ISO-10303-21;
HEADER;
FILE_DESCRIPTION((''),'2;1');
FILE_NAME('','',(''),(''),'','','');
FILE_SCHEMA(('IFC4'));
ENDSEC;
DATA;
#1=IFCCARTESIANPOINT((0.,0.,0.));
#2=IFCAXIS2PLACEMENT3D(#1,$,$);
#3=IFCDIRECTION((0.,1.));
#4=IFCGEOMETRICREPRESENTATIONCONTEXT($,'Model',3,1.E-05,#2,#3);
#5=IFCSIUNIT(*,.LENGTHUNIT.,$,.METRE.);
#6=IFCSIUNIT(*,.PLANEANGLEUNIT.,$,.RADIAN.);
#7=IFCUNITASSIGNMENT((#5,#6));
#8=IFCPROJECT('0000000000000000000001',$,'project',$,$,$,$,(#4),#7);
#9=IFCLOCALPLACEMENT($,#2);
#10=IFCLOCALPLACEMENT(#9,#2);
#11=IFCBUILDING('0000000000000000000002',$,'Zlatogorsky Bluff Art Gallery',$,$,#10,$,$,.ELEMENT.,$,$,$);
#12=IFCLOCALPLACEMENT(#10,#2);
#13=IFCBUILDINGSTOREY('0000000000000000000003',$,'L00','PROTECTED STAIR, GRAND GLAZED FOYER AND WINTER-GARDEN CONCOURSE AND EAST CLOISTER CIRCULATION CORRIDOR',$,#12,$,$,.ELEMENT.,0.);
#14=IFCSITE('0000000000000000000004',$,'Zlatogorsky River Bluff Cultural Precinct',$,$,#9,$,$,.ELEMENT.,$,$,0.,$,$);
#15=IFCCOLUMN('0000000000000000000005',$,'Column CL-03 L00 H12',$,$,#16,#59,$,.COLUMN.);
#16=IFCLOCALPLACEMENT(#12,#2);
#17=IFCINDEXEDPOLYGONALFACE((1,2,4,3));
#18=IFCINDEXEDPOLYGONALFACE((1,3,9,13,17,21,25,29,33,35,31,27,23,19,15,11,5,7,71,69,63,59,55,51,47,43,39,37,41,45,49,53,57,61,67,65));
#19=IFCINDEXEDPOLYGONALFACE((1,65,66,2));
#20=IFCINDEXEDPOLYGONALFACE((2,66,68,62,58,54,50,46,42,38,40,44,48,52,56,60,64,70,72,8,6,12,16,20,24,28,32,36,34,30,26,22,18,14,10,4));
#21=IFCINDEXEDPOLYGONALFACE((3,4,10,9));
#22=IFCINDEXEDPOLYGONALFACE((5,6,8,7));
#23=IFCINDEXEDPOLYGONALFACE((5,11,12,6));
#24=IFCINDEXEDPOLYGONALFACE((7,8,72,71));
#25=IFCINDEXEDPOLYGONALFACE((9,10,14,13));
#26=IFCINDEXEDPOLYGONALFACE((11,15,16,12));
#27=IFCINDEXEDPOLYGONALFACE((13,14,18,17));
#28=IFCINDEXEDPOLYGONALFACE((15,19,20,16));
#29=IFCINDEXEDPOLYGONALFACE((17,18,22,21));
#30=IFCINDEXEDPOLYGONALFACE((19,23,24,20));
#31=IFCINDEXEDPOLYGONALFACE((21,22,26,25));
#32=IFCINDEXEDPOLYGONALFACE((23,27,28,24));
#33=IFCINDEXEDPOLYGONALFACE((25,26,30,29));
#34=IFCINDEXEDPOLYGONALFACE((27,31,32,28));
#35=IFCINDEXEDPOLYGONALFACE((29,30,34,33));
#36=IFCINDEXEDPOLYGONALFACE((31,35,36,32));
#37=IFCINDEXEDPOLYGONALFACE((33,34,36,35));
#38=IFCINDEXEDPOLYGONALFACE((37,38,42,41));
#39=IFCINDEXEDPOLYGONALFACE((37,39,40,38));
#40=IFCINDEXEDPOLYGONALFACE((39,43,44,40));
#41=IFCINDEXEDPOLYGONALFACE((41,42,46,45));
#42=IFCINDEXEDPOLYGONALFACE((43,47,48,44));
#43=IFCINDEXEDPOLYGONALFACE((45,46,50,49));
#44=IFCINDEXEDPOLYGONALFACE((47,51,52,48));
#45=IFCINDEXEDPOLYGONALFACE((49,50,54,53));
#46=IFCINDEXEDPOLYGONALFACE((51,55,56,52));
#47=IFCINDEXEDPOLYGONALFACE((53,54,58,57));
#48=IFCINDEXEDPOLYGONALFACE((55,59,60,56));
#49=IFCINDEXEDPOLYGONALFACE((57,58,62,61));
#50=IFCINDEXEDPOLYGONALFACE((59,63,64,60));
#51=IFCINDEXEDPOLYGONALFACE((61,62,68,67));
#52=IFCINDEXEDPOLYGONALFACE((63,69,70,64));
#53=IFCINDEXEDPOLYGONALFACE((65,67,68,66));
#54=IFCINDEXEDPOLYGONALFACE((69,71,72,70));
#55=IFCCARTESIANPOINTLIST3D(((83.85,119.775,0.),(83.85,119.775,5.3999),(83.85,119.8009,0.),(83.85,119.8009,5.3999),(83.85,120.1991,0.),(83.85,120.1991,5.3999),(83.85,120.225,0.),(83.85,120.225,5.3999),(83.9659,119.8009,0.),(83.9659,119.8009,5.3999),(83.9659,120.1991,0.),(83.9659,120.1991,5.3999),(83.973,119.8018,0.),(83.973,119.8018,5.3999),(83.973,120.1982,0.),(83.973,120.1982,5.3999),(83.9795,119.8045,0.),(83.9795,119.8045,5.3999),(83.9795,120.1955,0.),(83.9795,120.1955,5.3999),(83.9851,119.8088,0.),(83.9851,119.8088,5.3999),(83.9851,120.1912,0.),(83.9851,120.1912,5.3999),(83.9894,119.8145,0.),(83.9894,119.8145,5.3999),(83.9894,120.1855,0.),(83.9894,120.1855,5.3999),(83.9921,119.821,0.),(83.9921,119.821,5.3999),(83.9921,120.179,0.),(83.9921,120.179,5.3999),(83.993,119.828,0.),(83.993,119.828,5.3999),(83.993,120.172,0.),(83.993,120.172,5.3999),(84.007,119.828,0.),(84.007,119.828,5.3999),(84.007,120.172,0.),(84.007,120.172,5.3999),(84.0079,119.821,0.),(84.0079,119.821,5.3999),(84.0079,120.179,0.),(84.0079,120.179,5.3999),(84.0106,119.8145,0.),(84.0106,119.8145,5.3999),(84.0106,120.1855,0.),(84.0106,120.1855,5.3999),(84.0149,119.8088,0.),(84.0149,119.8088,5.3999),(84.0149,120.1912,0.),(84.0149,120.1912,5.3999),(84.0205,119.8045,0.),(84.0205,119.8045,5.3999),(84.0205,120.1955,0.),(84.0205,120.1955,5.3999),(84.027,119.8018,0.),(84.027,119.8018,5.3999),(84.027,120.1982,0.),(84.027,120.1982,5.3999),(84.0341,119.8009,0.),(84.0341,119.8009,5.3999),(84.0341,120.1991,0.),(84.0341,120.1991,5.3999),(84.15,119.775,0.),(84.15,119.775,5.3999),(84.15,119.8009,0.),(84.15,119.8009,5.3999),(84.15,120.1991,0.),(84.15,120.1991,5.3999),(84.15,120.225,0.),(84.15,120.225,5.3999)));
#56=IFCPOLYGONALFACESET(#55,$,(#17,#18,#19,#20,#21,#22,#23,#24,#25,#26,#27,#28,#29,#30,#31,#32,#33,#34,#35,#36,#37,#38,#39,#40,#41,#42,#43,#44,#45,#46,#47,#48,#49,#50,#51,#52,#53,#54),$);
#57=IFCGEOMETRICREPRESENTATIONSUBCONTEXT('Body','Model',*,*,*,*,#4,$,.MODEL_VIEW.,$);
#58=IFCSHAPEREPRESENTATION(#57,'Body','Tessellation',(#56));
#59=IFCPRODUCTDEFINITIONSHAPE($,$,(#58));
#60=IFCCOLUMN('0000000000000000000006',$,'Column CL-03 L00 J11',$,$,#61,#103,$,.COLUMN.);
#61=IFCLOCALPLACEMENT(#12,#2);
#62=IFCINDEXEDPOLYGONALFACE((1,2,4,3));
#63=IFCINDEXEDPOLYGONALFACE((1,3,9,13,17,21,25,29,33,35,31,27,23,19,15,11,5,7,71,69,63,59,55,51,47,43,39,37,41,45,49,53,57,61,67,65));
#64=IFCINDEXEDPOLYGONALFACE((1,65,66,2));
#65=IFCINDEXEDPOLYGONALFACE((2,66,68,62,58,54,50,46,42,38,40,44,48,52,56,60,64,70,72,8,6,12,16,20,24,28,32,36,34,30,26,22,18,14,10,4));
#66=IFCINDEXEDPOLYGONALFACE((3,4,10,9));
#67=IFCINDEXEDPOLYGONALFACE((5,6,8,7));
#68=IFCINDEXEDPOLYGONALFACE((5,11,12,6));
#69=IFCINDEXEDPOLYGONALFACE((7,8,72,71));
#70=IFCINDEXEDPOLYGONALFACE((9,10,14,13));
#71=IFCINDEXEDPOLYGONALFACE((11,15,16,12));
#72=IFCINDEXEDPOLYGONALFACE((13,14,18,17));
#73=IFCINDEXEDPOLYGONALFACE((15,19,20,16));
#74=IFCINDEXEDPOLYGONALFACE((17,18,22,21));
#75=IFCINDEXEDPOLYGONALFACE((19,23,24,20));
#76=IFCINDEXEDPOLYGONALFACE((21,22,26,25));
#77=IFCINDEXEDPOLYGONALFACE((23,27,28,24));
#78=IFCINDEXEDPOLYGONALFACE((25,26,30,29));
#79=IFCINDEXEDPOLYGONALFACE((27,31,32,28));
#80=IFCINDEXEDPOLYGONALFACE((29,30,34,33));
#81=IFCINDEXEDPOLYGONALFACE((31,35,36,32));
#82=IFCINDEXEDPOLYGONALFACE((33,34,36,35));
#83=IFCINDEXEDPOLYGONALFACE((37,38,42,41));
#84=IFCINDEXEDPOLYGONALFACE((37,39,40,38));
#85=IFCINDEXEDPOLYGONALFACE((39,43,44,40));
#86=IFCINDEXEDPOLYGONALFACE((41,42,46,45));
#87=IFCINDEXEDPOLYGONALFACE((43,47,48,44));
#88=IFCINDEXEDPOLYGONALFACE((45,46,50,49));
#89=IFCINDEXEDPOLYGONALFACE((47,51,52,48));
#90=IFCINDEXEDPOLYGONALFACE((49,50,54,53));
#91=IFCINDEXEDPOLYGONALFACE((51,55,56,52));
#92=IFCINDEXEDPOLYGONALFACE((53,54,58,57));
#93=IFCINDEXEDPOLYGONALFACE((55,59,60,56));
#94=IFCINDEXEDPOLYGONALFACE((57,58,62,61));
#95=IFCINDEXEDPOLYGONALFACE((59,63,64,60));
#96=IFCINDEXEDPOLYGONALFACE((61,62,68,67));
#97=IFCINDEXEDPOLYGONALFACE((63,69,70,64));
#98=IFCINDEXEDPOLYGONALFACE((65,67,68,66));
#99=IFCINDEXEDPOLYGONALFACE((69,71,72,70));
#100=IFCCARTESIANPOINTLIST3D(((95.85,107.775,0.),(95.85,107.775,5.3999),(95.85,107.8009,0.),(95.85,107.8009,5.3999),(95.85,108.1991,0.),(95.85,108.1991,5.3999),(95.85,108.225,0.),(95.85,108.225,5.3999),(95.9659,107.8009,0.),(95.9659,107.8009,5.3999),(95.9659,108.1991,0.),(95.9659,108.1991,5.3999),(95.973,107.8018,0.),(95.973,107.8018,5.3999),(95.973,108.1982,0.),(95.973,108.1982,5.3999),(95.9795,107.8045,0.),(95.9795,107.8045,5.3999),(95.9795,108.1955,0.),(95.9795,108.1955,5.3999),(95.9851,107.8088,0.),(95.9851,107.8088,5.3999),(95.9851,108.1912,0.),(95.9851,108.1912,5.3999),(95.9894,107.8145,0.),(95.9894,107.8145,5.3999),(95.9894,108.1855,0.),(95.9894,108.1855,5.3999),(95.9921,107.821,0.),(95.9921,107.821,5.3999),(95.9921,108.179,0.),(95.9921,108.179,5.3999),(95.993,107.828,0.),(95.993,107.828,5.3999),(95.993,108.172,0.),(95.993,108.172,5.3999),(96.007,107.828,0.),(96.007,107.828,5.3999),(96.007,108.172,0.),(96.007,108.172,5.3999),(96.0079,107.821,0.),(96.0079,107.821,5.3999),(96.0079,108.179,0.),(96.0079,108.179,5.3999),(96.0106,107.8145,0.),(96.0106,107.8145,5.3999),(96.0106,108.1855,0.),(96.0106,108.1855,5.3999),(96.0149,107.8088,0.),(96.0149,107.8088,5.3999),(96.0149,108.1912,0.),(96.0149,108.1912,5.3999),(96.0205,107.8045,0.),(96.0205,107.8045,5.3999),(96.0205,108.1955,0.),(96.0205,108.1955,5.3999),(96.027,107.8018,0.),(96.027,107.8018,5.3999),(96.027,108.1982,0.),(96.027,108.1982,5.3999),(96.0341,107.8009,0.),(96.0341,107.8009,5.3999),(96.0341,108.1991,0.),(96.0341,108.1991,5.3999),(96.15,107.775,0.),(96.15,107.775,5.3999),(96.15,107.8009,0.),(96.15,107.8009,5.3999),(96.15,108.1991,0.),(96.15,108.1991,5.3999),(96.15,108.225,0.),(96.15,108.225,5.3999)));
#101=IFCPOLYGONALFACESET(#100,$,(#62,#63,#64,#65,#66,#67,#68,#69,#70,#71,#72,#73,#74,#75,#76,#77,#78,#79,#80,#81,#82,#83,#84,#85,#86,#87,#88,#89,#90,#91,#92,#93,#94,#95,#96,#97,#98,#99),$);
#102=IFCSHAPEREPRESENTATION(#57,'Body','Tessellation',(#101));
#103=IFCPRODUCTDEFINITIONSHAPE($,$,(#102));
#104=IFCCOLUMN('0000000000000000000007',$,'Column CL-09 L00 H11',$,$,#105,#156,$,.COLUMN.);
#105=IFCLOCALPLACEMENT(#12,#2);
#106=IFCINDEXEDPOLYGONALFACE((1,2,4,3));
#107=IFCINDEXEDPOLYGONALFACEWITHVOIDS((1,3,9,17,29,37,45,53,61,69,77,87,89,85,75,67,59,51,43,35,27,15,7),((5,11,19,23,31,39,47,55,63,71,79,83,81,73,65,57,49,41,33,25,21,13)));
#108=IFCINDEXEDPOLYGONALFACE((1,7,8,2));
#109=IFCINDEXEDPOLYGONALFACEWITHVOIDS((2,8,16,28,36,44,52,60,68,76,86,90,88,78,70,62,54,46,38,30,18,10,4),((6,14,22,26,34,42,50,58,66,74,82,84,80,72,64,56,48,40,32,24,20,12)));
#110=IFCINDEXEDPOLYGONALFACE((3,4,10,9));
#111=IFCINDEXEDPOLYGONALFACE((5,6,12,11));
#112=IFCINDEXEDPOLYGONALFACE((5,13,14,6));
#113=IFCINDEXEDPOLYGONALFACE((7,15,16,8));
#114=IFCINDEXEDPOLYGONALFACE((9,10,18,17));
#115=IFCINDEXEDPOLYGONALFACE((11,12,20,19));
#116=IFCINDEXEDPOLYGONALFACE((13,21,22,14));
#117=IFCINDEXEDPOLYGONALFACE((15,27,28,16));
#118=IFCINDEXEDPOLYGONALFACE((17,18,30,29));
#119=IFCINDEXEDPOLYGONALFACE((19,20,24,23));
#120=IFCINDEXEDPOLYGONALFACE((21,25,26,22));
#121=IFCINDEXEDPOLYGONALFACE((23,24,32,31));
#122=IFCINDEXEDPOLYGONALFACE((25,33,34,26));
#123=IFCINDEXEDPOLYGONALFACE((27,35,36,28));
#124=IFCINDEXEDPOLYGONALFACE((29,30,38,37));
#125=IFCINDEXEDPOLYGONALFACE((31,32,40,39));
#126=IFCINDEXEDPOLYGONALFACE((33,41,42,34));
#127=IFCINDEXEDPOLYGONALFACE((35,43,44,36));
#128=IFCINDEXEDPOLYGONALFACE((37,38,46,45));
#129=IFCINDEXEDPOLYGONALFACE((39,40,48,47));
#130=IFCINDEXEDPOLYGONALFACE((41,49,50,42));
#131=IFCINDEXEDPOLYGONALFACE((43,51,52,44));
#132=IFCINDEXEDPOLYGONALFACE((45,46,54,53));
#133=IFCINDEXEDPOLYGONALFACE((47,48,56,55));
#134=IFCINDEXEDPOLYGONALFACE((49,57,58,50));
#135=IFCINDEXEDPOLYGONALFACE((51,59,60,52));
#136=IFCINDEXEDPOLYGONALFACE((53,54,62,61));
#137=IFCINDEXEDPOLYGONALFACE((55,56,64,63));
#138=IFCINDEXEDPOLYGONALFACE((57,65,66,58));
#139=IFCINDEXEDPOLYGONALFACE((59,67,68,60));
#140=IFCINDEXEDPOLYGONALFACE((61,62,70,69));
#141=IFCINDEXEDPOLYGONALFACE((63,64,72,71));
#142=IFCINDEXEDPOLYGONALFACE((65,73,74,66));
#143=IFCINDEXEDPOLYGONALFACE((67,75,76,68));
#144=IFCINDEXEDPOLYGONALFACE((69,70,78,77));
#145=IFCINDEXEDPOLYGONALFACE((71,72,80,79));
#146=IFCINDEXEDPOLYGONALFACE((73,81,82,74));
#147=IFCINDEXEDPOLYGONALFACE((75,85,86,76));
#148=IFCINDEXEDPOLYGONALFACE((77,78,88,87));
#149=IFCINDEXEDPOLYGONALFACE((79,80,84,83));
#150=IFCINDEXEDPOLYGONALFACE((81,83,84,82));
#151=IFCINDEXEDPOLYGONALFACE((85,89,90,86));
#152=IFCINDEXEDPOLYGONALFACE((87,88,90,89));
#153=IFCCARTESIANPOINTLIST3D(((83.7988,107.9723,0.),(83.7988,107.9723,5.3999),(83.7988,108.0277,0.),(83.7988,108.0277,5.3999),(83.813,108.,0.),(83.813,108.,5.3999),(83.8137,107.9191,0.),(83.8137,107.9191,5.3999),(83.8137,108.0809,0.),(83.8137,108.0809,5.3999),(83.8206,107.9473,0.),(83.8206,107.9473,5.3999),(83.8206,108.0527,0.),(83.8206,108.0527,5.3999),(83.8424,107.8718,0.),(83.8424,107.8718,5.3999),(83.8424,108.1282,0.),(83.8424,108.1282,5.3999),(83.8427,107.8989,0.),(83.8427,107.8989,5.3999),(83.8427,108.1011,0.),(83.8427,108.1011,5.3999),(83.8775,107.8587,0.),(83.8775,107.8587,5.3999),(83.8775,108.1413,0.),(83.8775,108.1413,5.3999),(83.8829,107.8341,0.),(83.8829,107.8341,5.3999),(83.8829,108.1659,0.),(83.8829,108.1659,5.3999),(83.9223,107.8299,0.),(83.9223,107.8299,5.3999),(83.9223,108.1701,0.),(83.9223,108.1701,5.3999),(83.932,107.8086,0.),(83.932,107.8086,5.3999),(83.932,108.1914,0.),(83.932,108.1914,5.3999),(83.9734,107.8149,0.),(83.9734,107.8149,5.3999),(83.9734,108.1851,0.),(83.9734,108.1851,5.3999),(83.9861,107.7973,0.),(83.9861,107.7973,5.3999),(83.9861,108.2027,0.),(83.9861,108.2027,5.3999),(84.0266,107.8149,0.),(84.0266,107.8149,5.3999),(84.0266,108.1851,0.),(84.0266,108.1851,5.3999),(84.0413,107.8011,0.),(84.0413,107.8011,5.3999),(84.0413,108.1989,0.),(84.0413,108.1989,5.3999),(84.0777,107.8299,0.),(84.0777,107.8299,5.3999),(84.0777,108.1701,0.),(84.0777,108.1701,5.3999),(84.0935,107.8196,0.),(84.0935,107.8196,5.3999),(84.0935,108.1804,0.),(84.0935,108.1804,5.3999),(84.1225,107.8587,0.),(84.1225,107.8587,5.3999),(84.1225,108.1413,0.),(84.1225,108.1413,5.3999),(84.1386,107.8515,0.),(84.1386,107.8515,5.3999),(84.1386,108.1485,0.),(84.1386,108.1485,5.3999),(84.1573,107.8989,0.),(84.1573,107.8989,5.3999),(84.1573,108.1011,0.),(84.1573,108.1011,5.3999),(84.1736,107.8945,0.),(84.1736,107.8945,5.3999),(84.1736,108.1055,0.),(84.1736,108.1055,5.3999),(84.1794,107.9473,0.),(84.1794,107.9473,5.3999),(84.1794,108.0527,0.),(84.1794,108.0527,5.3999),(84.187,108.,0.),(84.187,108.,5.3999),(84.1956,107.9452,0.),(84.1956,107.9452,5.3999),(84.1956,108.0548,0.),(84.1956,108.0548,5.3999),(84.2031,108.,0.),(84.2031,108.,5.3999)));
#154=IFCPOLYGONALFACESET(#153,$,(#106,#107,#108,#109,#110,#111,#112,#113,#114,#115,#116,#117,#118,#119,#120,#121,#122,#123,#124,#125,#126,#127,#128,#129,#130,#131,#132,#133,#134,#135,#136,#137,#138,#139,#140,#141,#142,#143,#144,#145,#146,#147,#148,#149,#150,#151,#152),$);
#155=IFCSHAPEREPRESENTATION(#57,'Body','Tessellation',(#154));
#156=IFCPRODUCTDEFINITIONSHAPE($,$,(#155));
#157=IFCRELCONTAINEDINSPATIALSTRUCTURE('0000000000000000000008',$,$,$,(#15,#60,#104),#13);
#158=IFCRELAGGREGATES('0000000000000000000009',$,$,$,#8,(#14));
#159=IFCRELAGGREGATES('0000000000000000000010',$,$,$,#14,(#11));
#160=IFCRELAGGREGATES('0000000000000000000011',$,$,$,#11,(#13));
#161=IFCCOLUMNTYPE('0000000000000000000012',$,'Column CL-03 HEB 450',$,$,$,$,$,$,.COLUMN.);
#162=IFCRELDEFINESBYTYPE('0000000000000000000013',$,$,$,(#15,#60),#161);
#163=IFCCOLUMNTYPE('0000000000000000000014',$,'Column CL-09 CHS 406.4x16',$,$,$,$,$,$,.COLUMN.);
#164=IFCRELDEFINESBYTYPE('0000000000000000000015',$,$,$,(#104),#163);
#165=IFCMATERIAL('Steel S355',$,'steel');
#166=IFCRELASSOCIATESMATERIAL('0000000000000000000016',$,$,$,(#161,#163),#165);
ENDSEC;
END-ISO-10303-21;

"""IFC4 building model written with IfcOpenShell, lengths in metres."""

from ifc_helpers import new_model, si_unit, direction, frame, origin, origin_2d, place, context, subcontext, project, spatial, hollow_circle, i_section, extrude, material, material_profile, profile_set, type_object, element, save


model = new_model("IFC4")

# Units and contexts
model_context = context("Model", 3, precision=1e-05, world=origin(), true_north=direction((0.0, 1.0)))
body_context = subcontext(model_context, "Body", "Model", "MODEL_VIEW")
ifc_project = project(units=[si_unit("LENGTHUNIT", "METRE"), si_unit("PLANEANGLEUNIT", "RADIAN")], contexts=[model_context])

# Site, building, storey
site_placement = place(None, origin())
site = spatial("IfcSite", under=ifc_project, at=site_placement, Name="Zlatogorsky River Bluff Cultural Precinct", CompositionType="ELEMENT", RefElevation=0.0)
building_placement = place(site_placement, origin())
building = spatial("IfcBuilding", under=site, at=building_placement, Name="Zlatogorsky Bluff Art Gallery", CompositionType="ELEMENT")
storey_placement = place(building_placement, origin())
storey = spatial("IfcBuildingStorey", under=building, at=storey_placement, Name="L00", Description="PROTECTED STAIR, GRAND GLAZED FOYER AND WINTER-GARDEN CONCOURSE AND EAST CLOISTER CIRCULATION CORRIDOR", CompositionType="ELEMENT", Elevation=0.0)

# Columns
ifc_material_1 = material(Name="Steel S355", Category="steel")
ifc_material_profile_1 = material_profile(ifc_material_1, i_section(OverallWidth=0.3, OverallDepth=0.45, WebThickness=0.0139, FlangeThickness=0.0259, FilletRadius=0.0271, at=origin_2d()), Name="HEB 450")
ifc_profile_set_1 = profile_set([ifc_material_profile_1], Name="Steel S355")
column_type_1 = type_object("IfcColumnType", Name="Column CL-03 HEB 450", PredefinedType="COLUMN", material=ifc_profile_set_1)
for number, where, z_axis, x_axis, name in (
    (1, (84.0, 120.0, 0.0), (0.0, 0.0, 1.0), (1.0, 0.0, 0.0), "Column CL-03 L00 H12"),
    (2, (96.0, 108.0, 0.0), (0.0, 0.0, 1.0), (1.0, 0.0, 0.0), "Column CL-03 L00 J11"),
):
    element("IfcColumn", number, at=place(storey_placement, frame(where, z_axis=z_axis, x_axis=x_axis)), inside=storey, type_object=column_type_1, Name=name, PredefinedType="COLUMN", context=body_context, shape_type="SweptSolid", body=[
        extrude(i_section(OverallWidth=0.3, OverallDepth=0.45, WebThickness=0.0139, FlangeThickness=0.0259, FilletRadius=0.0271, at=origin_2d()), origin(), (0.0, 0.0, 1.0), 5.3999),
    ])
ifc_material_profile_2 = material_profile(ifc_material_1, hollow_circle(Radius=0.2031, WallThickness=0.0161, at=origin_2d()), Name="CHS 406.4x16")
ifc_profile_set_2 = profile_set([ifc_material_profile_2], Name="Steel S355")
column_type_2 = type_object("IfcColumnType", Name="Column CL-09 CHS 406.4x16", PredefinedType="COLUMN", material=ifc_profile_set_2)
for number, where, z_axis, x_axis, name in (
    (3, (84.0, 108.0, 0.0), (0.0, 0.0, 1.0), (1.0, 0.0, 0.0), "Column CL-09 L00 H11"),
):
    element("IfcColumn", number, at=place(storey_placement, frame(where, z_axis=z_axis, x_axis=x_axis)), inside=storey, type_object=column_type_2, Name=name, PredefinedType="COLUMN", context=body_context, shape_type="SweptSolid", body=[
        extrude(hollow_circle(Radius=0.2031, WallThickness=0.0161, at=origin_2d()), origin(), (0.0, 0.0, 1.0), 5.3999),
    ])

save(model, "model.ifc")
